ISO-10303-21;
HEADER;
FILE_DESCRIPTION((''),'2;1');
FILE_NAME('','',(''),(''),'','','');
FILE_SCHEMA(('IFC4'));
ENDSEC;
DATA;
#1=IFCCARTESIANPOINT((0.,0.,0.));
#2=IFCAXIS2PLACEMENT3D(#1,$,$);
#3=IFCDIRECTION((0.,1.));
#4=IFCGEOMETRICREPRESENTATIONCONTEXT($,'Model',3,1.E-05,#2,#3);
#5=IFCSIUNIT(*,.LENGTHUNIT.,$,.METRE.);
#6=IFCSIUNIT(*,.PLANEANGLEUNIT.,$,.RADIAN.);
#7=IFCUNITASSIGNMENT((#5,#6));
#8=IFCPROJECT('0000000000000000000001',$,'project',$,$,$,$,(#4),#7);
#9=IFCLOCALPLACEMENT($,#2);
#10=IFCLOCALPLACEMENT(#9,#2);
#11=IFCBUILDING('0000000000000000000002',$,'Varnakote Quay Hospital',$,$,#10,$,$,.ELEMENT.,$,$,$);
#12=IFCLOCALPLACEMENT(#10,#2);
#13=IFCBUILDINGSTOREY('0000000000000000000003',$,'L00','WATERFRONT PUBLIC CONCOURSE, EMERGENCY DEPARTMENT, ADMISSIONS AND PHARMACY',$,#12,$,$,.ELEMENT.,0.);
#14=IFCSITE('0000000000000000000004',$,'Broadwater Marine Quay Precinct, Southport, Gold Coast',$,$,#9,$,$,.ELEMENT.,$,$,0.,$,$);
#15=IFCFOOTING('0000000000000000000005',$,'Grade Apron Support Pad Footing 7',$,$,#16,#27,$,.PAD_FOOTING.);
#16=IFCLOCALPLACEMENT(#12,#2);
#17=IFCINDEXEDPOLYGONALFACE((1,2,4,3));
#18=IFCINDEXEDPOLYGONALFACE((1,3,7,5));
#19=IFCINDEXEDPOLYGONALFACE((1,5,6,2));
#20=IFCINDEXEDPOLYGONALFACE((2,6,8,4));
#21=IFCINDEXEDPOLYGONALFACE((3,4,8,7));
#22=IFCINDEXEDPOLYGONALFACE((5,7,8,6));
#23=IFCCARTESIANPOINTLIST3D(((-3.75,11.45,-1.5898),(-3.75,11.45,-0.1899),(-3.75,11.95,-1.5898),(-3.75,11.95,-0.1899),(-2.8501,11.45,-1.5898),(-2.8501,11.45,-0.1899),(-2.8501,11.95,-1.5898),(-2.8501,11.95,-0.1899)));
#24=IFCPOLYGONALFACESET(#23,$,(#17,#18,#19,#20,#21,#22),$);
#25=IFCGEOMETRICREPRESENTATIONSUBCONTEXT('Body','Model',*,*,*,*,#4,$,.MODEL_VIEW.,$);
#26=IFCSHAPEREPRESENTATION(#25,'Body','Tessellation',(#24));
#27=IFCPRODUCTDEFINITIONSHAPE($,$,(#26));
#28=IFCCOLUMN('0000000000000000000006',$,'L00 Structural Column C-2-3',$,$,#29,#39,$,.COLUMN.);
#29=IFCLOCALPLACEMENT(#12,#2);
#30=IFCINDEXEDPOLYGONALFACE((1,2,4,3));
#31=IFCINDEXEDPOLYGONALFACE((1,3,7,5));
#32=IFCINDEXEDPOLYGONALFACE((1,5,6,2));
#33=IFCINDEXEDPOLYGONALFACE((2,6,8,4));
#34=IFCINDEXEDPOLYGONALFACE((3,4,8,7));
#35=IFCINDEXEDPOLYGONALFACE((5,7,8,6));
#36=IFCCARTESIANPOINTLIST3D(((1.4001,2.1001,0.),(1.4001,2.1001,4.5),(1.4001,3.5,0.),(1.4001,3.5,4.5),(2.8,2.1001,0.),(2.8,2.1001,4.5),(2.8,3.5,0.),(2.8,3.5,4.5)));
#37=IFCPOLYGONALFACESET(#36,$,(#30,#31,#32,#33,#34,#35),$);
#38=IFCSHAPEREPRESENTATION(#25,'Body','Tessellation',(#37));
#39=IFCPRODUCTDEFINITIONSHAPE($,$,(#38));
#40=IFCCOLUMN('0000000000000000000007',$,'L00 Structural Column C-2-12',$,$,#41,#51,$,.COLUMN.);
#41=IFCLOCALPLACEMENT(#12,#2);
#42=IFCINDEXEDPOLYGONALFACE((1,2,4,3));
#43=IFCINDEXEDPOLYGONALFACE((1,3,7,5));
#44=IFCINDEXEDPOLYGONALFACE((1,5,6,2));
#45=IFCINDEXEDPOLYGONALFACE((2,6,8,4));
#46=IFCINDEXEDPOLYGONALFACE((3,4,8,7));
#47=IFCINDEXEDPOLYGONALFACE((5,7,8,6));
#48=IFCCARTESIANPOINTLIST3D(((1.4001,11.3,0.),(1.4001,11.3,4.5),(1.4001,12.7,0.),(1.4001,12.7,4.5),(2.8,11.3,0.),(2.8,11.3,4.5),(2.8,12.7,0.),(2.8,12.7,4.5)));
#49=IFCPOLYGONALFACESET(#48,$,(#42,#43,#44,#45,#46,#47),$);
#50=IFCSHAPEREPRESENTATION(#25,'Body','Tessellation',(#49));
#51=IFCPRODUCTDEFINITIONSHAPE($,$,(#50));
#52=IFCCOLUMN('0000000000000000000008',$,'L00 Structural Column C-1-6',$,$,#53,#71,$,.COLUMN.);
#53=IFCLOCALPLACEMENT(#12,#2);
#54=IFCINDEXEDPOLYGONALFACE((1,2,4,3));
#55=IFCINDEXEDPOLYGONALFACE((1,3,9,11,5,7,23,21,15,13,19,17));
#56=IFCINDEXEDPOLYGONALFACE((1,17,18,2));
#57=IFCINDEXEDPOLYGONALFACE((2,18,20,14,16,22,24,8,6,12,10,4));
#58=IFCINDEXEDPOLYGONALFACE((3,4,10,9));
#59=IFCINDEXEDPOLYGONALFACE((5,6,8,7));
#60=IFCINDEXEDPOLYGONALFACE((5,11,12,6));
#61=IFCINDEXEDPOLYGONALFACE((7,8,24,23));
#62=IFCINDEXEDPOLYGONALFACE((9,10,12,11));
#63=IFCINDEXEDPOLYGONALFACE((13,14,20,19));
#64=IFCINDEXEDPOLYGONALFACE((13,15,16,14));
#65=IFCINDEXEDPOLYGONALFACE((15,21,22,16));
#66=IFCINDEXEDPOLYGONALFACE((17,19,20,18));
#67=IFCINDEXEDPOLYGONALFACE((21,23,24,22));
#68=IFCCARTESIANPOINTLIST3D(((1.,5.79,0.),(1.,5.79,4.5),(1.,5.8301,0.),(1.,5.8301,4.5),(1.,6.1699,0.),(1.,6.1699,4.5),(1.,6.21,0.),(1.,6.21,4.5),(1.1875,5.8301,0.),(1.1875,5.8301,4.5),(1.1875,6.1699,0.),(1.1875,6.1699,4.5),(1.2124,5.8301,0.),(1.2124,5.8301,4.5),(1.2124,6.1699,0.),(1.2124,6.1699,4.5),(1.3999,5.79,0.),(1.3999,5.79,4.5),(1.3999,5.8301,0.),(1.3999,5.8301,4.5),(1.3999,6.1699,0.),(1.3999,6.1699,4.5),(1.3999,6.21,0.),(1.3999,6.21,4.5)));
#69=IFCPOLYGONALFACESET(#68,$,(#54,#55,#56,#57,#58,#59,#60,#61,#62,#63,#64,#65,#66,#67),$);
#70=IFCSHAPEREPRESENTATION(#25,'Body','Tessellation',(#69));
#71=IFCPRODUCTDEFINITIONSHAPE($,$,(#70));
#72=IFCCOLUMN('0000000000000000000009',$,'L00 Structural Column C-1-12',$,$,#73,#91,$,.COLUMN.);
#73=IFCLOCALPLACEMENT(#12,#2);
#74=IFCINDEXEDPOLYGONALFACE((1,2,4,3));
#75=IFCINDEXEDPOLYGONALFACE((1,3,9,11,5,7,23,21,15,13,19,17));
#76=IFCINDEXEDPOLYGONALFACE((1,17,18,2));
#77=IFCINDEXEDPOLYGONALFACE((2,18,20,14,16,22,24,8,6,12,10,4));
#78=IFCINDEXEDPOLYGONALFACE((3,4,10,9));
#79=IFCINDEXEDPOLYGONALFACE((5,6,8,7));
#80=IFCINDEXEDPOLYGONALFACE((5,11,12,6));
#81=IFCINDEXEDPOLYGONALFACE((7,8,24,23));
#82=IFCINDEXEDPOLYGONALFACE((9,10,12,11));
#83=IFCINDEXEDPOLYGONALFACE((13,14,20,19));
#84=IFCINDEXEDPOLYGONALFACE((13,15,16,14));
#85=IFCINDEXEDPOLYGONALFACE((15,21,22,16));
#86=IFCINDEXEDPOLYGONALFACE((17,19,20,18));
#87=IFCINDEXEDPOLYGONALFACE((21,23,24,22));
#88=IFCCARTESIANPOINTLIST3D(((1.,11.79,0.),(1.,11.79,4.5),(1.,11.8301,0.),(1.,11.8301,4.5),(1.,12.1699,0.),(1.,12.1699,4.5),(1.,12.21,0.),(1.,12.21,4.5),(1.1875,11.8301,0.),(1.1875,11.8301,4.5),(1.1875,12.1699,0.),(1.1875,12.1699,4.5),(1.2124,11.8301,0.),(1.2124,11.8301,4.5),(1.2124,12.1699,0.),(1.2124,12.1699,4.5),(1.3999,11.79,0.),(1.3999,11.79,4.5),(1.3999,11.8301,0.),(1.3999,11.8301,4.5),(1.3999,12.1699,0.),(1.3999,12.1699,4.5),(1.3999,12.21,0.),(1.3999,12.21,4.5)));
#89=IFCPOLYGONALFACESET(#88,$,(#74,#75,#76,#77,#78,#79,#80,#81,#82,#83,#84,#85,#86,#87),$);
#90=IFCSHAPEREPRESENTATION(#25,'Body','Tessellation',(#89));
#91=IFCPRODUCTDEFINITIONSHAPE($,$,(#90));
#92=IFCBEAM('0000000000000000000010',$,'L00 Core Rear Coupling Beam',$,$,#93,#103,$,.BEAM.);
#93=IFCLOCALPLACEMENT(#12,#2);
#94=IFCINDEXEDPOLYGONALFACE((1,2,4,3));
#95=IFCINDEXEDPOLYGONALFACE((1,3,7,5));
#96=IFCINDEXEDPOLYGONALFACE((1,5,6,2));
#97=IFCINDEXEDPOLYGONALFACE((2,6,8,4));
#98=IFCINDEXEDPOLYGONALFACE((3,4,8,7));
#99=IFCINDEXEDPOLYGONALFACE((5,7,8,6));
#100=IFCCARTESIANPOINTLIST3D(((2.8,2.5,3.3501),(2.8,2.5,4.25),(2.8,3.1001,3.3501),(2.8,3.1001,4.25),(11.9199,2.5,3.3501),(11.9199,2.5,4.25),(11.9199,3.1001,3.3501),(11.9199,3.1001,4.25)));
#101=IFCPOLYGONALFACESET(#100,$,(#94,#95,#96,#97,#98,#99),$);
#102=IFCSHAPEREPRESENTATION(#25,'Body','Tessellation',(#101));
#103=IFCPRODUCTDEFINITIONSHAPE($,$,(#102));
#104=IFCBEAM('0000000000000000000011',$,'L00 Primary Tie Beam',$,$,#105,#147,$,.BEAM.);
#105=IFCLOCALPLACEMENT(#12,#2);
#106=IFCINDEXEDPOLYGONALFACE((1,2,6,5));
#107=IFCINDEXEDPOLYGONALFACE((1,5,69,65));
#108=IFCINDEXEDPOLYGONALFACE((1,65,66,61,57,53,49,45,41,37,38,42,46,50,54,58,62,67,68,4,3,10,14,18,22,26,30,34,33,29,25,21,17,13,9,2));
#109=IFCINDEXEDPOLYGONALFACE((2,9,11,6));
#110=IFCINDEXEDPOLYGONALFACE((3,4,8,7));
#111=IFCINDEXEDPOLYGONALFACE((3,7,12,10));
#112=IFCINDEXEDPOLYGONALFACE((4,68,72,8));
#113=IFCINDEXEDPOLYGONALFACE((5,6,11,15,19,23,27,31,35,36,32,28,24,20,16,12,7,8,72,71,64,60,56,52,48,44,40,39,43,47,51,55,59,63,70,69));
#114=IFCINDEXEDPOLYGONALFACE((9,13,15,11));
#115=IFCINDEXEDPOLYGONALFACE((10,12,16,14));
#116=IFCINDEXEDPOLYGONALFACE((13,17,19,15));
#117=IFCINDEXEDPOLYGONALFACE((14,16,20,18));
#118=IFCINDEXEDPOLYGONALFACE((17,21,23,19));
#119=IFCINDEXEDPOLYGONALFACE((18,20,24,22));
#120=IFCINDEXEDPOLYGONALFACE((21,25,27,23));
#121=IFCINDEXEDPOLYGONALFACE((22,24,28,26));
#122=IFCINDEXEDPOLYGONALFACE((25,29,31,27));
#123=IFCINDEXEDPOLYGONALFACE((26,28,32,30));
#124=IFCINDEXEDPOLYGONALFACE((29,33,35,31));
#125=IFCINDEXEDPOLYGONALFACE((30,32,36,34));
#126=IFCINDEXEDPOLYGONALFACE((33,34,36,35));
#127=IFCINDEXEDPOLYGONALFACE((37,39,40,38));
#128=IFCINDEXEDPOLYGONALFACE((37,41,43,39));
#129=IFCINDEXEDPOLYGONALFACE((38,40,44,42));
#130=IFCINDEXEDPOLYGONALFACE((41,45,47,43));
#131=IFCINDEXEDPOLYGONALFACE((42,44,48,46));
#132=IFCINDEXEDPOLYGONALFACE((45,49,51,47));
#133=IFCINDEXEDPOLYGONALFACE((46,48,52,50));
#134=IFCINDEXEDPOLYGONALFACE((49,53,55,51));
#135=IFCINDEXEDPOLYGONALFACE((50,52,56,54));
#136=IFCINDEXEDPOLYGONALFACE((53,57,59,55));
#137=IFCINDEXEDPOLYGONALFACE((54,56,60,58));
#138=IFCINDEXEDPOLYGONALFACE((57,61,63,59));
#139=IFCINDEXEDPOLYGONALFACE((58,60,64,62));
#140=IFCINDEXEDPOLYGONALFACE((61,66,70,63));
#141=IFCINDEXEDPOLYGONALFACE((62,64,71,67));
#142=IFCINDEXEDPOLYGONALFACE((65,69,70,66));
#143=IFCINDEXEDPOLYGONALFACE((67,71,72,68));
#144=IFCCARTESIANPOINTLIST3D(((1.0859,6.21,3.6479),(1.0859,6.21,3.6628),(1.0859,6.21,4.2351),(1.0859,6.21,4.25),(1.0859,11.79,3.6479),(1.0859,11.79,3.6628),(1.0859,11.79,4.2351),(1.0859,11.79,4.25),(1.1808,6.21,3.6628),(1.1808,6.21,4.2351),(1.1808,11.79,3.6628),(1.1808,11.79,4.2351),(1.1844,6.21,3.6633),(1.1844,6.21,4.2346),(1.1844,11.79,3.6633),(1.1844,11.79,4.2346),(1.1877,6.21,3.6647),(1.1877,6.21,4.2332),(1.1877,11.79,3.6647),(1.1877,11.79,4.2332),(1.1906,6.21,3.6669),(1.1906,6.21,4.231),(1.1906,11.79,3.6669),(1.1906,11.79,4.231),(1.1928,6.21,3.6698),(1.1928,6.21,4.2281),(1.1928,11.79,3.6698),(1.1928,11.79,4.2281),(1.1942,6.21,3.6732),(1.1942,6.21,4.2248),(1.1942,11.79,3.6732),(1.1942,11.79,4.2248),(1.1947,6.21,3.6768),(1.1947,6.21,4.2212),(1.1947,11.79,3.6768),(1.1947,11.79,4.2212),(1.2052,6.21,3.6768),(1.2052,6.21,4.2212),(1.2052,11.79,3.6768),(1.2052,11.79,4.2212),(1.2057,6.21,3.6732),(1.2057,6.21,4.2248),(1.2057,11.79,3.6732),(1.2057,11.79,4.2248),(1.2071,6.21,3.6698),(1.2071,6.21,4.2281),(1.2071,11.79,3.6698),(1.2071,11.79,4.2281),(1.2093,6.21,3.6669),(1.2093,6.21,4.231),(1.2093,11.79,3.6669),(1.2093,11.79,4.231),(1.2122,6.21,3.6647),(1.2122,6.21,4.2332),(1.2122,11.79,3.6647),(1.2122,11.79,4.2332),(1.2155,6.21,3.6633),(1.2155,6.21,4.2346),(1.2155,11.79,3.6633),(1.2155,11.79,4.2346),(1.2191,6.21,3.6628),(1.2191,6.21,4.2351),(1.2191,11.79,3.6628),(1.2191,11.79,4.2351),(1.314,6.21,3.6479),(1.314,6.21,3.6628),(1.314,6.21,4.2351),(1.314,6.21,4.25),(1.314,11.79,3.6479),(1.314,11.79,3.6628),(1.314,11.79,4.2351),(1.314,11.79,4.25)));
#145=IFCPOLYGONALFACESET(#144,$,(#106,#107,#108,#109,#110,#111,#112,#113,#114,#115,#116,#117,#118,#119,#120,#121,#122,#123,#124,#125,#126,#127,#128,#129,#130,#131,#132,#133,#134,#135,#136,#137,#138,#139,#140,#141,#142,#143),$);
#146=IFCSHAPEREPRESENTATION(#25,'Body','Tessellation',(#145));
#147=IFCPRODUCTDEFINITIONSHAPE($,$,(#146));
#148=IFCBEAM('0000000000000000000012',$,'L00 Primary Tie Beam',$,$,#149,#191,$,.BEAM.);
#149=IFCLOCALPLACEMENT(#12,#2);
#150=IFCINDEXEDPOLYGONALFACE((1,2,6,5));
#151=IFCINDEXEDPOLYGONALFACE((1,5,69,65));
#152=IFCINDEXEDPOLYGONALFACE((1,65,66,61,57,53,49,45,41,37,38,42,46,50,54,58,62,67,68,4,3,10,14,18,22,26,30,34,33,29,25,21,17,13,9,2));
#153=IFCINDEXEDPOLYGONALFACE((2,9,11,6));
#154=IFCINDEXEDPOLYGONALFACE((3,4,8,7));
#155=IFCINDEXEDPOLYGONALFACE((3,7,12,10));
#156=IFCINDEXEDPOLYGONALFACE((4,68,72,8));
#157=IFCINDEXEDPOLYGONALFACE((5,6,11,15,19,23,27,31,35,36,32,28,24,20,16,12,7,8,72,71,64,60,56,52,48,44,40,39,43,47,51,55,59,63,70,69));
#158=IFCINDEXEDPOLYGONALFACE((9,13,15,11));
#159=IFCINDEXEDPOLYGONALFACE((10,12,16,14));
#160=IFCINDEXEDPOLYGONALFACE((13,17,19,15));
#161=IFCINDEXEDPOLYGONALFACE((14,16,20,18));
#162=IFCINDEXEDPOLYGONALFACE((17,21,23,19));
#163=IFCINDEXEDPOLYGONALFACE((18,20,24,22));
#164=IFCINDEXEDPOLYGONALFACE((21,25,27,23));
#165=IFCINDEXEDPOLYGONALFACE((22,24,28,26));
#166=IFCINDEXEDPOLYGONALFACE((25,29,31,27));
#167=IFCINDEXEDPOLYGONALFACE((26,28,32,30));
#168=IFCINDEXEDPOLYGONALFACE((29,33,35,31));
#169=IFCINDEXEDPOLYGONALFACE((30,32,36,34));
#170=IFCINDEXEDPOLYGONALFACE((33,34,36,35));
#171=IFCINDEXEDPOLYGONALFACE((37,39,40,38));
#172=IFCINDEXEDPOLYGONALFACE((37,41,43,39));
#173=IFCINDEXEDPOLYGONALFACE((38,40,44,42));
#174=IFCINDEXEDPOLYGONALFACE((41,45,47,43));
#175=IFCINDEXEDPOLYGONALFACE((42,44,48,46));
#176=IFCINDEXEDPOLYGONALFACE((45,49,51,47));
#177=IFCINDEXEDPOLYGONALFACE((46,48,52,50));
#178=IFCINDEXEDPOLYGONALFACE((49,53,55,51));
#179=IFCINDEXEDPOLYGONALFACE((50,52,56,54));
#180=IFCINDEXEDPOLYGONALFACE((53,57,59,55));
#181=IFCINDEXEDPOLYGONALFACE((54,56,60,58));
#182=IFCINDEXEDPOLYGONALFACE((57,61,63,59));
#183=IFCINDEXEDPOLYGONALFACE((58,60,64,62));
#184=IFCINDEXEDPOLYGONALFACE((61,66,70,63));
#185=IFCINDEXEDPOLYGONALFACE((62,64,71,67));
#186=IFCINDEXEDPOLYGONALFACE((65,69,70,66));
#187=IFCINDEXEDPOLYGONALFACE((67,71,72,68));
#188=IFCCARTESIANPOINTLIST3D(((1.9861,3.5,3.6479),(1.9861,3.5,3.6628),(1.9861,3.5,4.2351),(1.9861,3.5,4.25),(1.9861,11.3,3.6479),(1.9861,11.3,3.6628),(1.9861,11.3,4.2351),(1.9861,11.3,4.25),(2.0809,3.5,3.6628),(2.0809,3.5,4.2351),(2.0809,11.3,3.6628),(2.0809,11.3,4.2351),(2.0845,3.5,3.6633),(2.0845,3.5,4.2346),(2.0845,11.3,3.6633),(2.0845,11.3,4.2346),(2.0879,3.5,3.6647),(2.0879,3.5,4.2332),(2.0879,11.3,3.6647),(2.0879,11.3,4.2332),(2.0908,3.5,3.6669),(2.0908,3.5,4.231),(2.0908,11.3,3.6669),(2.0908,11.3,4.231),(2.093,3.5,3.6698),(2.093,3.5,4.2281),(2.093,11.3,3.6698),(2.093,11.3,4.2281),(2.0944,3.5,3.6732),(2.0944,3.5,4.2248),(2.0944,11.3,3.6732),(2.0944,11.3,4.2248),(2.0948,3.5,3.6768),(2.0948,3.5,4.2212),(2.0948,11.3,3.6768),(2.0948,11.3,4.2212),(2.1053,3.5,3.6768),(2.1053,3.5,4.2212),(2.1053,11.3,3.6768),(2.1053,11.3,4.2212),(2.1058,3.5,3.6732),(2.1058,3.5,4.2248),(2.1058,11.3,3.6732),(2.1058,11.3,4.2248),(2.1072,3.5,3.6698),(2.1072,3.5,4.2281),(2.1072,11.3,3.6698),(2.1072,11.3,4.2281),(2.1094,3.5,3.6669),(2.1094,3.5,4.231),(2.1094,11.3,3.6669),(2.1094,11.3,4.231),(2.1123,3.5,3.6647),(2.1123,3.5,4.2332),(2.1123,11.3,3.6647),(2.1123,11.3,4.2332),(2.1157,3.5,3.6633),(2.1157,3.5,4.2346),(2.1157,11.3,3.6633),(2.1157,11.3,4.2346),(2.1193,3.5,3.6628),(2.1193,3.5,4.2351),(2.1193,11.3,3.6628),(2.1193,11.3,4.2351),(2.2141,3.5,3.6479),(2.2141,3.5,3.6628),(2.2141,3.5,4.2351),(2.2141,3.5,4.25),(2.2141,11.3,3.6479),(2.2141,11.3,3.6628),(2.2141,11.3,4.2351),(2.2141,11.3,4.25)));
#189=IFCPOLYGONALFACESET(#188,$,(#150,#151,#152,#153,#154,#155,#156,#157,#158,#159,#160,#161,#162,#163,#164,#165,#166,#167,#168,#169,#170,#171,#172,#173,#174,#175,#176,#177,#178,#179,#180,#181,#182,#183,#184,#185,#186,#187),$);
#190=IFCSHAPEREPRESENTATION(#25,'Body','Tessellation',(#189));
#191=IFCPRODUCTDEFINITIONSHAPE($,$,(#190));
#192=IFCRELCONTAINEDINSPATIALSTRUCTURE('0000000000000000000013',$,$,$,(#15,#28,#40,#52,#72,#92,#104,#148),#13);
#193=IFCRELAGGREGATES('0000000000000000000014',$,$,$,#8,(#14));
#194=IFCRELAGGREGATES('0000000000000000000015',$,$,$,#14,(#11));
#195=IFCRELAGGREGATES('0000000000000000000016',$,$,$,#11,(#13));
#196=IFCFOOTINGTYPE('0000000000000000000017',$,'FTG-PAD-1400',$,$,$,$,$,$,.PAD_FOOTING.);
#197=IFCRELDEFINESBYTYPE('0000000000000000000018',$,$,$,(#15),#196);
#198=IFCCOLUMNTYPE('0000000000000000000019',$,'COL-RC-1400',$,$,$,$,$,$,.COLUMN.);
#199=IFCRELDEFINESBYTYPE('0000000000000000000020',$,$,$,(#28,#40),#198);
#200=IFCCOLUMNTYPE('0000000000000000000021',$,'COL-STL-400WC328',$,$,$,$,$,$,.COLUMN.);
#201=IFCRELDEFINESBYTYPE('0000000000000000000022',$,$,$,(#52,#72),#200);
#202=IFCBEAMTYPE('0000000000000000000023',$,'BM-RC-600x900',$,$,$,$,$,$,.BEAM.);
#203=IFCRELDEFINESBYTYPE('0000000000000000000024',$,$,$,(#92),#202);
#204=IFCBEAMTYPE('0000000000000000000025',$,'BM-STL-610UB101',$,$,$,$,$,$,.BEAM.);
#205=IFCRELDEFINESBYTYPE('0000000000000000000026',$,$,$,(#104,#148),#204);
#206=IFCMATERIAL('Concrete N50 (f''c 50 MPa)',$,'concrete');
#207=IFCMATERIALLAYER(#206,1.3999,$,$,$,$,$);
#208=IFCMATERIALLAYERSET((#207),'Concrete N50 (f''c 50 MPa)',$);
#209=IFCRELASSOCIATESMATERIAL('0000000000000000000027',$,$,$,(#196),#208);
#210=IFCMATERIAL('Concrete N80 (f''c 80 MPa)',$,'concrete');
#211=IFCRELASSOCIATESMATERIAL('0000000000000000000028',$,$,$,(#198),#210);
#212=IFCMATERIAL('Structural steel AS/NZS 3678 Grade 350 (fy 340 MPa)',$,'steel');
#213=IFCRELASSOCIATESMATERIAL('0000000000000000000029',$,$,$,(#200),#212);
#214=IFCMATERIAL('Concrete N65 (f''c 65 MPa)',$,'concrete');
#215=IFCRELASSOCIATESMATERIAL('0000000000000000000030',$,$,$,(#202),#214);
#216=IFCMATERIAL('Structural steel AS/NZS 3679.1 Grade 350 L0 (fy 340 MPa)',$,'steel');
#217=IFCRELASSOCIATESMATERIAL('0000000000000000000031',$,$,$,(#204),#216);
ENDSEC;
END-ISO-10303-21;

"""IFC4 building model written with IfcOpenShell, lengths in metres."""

from ifc_helpers import new_model, si_unit, direction, frame, origin, origin_2d, place, context, subcontext, project, spatial, rectangle, i_section, extrude, material, layer, layer_set, material_profile, profile_set, type_object, element, save


model = new_model("IFC4")

# Units and contexts
model_context = context("Model", 3, precision=1e-05, world=origin(), true_north=direction((0.0, 1.0)))
body_context = subcontext(model_context, "Body", "Model", "MODEL_VIEW")
ifc_project = project(units=[si_unit("LENGTHUNIT", "METRE"), si_unit("PLANEANGLEUNIT", "RADIAN")], contexts=[model_context])

# Site, building, storey
site_placement = place(None, origin())
site = spatial("IfcSite", under=ifc_project, at=site_placement, Name="Broadwater Marine Quay Precinct, Southport, Gold Coast", CompositionType="ELEMENT", RefElevation=0.0)
building_placement = place(site_placement, origin())
building = spatial("IfcBuilding", under=site, at=building_placement, Name="Varnakote Quay Hospital", CompositionType="ELEMENT")
storey_placement = place(building_placement, origin())
storey = spatial("IfcBuildingStorey", under=building, at=storey_placement, Name="L00", Description="WATERFRONT PUBLIC CONCOURSE, EMERGENCY DEPARTMENT, ADMISSIONS AND PHARMACY", CompositionType="ELEMENT", Elevation=0.0)

# Footing
ifc_material_1 = material(Name="Concrete N50 (f'c 50 MPa)", Category="concrete")
ifc_layer_1 = layer(ifc_material_1, 1.3999)
ifc_layer_set_1 = layer_set([ifc_layer_1], Name="Concrete N50 (f'c 50 MPa)")
footing_type = type_object("IfcFootingType", Name="FTG-PAD-1400", PredefinedType="PAD_FOOTING", material=ifc_layer_set_1)
footing_placement = place(storey_placement, frame((-3.3, 11.7, -1.5898), z_axis=(0.0, 0.0, 1.0), x_axis=(1.0, 0.0, 0.0)))
element("IfcFooting", 1, at=footing_placement, inside=storey, type_object=footing_type, Name="Grade Apron Support Pad Footing 7", PredefinedType="PAD_FOOTING", context=body_context, shape_type="SweptSolid", body=[
    extrude(rectangle(XDim=0.8999, YDim=0.5, at=origin_2d()), origin(), (0.0, 0.0, 1.0), 1.3999),
])

# Columns
ifc_material_2 = material(Name="Concrete N80 (f'c 80 MPa)", Category="concrete")
ifc_material_profile_1 = material_profile(ifc_material_2, rectangle(XDim=1.3999, YDim=1.3999, at=origin_2d()), Name="RC-COL-1400x1400")
ifc_profile_set_1 = profile_set([ifc_material_profile_1], Name="Concrete N80 (f'c 80 MPa)")
column_type_1 = type_object("IfcColumnType", Name="COL-RC-1400", PredefinedType="COLUMN", material=ifc_profile_set_1)
for number, where, z_axis, x_axis, name in (
    (2, (2.1001, 2.8, 0.0), (0.0, 0.0, 1.0), (1.0, 0.0, 0.0), "L00 Structural Column C-2-3"),
    (3, (2.1001, 12.0, 0.0), (0.0, 0.0, 1.0), (1.0, 0.0, 0.0), "L00 Structural Column C-2-12"),
):
    element("IfcColumn", number, at=place(storey_placement, frame(where, z_axis=z_axis, x_axis=x_axis)), inside=storey, type_object=column_type_1, Name=name, PredefinedType="COLUMN", context=body_context, shape_type="SweptSolid", body=[
        extrude(rectangle(XDim=1.3999, YDim=1.3999, at=origin_2d()), origin(), (0.0, 0.0, 1.0), 4.5),
    ])
ifc_material_3 = material(Name="Structural steel AS/NZS 3678 Grade 350 (fy 340 MPa)", Category="steel")
ifc_material_profile_2 = material_profile(ifc_material_3, i_section(OverallWidth=0.3999, OverallDepth=0.4199, WebThickness=0.0249, FlangeThickness=0.04, at=origin_2d()), Name="400WC328")
ifc_profile_set_2 = profile_set([ifc_material_profile_2], Name="Structural steel AS/NZS 3678 Grade 350 (fy 340 MPa)")
column_type_2 = type_object("IfcColumnType", Name="COL-STL-400WC328", PredefinedType="COLUMN", material=ifc_profile_set_2)
for number, where, z_axis, x_axis, name in (
    (4, (1.2, 6.0, 0.0), (0.0, 0.0, 1.0), (1.0, 0.0, 0.0), "L00 Structural Column C-1-6"),
    (5, (1.2, 12.0, 0.0), (0.0, 0.0, 1.0), (1.0, 0.0, 0.0), "L00 Structural Column C-1-12"),
):
    element("IfcColumn", number, at=place(storey_placement, frame(where, z_axis=z_axis, x_axis=x_axis)), inside=storey, type_object=column_type_2, Name=name, PredefinedType="COLUMN", context=body_context, shape_type="SweptSolid", body=[
        extrude(i_section(OverallWidth=0.3999, OverallDepth=0.4199, WebThickness=0.0249, FlangeThickness=0.04, at=origin_2d()), origin(), (0.0, 0.0, 1.0), 4.5),
    ])

# Beams
ifc_material_4 = material(Name="Concrete N65 (f'c 65 MPa)", Category="concrete")
ifc_material_profile_3 = material_profile(ifc_material_4, rectangle(XDim=0.6001, YDim=0.8999, at=origin_2d()), Name="RC-BM-600x900")
ifc_profile_set_3 = profile_set([ifc_material_profile_3], Name="Concrete N65 (f'c 65 MPa)")
beam_type_1 = type_object("IfcBeamType", Name="BM-RC-600x900", PredefinedType="BEAM", material=ifc_profile_set_3)
beam_1_placement = place(storey_placement, frame((2.8, 2.8, 3.8), z_axis=(1.0, 0.0, 0.0), x_axis=(0.0, 1.0, 0.0)))
element("IfcBeam", 6, at=beam_1_placement, inside=storey, type_object=beam_type_1, Name="L00 Core Rear Coupling Beam", PredefinedType="BEAM", context=body_context, shape_type="SweptSolid", body=[
    extrude(rectangle(XDim=0.6001, YDim=0.8999, at=origin_2d()), origin(), (0.0, 0.0, 1.0), 9.1199),
])
ifc_material_5 = material(Name="Structural steel AS/NZS 3679.1 Grade 350 L0 (fy 340 MPa)", Category="steel")
ifc_material_profile_4 = material_profile(ifc_material_5, i_section(OverallWidth=0.228, OverallDepth=0.6021, WebThickness=0.0105, FlangeThickness=0.0149, FilletRadius=0.0139, at=origin_2d()), Name="610UB101")
ifc_profile_set_4 = profile_set([ifc_material_profile_4], Name="Structural steel AS/NZS 3679.1 Grade 350 L0 (fy 340 MPa)")
beam_type_2 = type_object("IfcBeamType", Name="BM-STL-610UB101", PredefinedType="BEAM", material=ifc_profile_set_4)
beam_2_placement = place(storey_placement, frame((1.2, 6.21, 3.949), z_axis=(0.0, 1.0, 0.0), x_axis=(-1.0, 0.0, 0.0)))
element("IfcBeam", 7, at=beam_2_placement, inside=storey, type_object=beam_type_2, Name="L00 Primary Tie Beam", PredefinedType="BEAM", context=body_context, shape_type="SweptSolid", body=[
    extrude(i_section(OverallWidth=0.228, OverallDepth=0.6021, WebThickness=0.0105, FlangeThickness=0.0149, FilletRadius=0.0139, at=origin_2d()), origin(), (0.0, 0.0, 1.0), 5.5801),
])
beam_3_placement = place(storey_placement, frame((2.1001, 3.5, 3.949), z_axis=(0.0, 1.0, 0.0), x_axis=(-1.0, 0.0, 0.0)))
element("IfcBeam", 8, at=beam_3_placement, inside=storey, type_object=beam_type_2, Name="L00 Primary Tie Beam", PredefinedType="BEAM", context=body_context, shape_type="SweptSolid", body=[
    extrude(i_section(OverallWidth=0.228, OverallDepth=0.6021, WebThickness=0.0105, FlangeThickness=0.0149, FilletRadius=0.0139, at=origin_2d()), origin(), (0.0, 0.0, 1.0), 7.8),
])

save(model, "model.ifc")
